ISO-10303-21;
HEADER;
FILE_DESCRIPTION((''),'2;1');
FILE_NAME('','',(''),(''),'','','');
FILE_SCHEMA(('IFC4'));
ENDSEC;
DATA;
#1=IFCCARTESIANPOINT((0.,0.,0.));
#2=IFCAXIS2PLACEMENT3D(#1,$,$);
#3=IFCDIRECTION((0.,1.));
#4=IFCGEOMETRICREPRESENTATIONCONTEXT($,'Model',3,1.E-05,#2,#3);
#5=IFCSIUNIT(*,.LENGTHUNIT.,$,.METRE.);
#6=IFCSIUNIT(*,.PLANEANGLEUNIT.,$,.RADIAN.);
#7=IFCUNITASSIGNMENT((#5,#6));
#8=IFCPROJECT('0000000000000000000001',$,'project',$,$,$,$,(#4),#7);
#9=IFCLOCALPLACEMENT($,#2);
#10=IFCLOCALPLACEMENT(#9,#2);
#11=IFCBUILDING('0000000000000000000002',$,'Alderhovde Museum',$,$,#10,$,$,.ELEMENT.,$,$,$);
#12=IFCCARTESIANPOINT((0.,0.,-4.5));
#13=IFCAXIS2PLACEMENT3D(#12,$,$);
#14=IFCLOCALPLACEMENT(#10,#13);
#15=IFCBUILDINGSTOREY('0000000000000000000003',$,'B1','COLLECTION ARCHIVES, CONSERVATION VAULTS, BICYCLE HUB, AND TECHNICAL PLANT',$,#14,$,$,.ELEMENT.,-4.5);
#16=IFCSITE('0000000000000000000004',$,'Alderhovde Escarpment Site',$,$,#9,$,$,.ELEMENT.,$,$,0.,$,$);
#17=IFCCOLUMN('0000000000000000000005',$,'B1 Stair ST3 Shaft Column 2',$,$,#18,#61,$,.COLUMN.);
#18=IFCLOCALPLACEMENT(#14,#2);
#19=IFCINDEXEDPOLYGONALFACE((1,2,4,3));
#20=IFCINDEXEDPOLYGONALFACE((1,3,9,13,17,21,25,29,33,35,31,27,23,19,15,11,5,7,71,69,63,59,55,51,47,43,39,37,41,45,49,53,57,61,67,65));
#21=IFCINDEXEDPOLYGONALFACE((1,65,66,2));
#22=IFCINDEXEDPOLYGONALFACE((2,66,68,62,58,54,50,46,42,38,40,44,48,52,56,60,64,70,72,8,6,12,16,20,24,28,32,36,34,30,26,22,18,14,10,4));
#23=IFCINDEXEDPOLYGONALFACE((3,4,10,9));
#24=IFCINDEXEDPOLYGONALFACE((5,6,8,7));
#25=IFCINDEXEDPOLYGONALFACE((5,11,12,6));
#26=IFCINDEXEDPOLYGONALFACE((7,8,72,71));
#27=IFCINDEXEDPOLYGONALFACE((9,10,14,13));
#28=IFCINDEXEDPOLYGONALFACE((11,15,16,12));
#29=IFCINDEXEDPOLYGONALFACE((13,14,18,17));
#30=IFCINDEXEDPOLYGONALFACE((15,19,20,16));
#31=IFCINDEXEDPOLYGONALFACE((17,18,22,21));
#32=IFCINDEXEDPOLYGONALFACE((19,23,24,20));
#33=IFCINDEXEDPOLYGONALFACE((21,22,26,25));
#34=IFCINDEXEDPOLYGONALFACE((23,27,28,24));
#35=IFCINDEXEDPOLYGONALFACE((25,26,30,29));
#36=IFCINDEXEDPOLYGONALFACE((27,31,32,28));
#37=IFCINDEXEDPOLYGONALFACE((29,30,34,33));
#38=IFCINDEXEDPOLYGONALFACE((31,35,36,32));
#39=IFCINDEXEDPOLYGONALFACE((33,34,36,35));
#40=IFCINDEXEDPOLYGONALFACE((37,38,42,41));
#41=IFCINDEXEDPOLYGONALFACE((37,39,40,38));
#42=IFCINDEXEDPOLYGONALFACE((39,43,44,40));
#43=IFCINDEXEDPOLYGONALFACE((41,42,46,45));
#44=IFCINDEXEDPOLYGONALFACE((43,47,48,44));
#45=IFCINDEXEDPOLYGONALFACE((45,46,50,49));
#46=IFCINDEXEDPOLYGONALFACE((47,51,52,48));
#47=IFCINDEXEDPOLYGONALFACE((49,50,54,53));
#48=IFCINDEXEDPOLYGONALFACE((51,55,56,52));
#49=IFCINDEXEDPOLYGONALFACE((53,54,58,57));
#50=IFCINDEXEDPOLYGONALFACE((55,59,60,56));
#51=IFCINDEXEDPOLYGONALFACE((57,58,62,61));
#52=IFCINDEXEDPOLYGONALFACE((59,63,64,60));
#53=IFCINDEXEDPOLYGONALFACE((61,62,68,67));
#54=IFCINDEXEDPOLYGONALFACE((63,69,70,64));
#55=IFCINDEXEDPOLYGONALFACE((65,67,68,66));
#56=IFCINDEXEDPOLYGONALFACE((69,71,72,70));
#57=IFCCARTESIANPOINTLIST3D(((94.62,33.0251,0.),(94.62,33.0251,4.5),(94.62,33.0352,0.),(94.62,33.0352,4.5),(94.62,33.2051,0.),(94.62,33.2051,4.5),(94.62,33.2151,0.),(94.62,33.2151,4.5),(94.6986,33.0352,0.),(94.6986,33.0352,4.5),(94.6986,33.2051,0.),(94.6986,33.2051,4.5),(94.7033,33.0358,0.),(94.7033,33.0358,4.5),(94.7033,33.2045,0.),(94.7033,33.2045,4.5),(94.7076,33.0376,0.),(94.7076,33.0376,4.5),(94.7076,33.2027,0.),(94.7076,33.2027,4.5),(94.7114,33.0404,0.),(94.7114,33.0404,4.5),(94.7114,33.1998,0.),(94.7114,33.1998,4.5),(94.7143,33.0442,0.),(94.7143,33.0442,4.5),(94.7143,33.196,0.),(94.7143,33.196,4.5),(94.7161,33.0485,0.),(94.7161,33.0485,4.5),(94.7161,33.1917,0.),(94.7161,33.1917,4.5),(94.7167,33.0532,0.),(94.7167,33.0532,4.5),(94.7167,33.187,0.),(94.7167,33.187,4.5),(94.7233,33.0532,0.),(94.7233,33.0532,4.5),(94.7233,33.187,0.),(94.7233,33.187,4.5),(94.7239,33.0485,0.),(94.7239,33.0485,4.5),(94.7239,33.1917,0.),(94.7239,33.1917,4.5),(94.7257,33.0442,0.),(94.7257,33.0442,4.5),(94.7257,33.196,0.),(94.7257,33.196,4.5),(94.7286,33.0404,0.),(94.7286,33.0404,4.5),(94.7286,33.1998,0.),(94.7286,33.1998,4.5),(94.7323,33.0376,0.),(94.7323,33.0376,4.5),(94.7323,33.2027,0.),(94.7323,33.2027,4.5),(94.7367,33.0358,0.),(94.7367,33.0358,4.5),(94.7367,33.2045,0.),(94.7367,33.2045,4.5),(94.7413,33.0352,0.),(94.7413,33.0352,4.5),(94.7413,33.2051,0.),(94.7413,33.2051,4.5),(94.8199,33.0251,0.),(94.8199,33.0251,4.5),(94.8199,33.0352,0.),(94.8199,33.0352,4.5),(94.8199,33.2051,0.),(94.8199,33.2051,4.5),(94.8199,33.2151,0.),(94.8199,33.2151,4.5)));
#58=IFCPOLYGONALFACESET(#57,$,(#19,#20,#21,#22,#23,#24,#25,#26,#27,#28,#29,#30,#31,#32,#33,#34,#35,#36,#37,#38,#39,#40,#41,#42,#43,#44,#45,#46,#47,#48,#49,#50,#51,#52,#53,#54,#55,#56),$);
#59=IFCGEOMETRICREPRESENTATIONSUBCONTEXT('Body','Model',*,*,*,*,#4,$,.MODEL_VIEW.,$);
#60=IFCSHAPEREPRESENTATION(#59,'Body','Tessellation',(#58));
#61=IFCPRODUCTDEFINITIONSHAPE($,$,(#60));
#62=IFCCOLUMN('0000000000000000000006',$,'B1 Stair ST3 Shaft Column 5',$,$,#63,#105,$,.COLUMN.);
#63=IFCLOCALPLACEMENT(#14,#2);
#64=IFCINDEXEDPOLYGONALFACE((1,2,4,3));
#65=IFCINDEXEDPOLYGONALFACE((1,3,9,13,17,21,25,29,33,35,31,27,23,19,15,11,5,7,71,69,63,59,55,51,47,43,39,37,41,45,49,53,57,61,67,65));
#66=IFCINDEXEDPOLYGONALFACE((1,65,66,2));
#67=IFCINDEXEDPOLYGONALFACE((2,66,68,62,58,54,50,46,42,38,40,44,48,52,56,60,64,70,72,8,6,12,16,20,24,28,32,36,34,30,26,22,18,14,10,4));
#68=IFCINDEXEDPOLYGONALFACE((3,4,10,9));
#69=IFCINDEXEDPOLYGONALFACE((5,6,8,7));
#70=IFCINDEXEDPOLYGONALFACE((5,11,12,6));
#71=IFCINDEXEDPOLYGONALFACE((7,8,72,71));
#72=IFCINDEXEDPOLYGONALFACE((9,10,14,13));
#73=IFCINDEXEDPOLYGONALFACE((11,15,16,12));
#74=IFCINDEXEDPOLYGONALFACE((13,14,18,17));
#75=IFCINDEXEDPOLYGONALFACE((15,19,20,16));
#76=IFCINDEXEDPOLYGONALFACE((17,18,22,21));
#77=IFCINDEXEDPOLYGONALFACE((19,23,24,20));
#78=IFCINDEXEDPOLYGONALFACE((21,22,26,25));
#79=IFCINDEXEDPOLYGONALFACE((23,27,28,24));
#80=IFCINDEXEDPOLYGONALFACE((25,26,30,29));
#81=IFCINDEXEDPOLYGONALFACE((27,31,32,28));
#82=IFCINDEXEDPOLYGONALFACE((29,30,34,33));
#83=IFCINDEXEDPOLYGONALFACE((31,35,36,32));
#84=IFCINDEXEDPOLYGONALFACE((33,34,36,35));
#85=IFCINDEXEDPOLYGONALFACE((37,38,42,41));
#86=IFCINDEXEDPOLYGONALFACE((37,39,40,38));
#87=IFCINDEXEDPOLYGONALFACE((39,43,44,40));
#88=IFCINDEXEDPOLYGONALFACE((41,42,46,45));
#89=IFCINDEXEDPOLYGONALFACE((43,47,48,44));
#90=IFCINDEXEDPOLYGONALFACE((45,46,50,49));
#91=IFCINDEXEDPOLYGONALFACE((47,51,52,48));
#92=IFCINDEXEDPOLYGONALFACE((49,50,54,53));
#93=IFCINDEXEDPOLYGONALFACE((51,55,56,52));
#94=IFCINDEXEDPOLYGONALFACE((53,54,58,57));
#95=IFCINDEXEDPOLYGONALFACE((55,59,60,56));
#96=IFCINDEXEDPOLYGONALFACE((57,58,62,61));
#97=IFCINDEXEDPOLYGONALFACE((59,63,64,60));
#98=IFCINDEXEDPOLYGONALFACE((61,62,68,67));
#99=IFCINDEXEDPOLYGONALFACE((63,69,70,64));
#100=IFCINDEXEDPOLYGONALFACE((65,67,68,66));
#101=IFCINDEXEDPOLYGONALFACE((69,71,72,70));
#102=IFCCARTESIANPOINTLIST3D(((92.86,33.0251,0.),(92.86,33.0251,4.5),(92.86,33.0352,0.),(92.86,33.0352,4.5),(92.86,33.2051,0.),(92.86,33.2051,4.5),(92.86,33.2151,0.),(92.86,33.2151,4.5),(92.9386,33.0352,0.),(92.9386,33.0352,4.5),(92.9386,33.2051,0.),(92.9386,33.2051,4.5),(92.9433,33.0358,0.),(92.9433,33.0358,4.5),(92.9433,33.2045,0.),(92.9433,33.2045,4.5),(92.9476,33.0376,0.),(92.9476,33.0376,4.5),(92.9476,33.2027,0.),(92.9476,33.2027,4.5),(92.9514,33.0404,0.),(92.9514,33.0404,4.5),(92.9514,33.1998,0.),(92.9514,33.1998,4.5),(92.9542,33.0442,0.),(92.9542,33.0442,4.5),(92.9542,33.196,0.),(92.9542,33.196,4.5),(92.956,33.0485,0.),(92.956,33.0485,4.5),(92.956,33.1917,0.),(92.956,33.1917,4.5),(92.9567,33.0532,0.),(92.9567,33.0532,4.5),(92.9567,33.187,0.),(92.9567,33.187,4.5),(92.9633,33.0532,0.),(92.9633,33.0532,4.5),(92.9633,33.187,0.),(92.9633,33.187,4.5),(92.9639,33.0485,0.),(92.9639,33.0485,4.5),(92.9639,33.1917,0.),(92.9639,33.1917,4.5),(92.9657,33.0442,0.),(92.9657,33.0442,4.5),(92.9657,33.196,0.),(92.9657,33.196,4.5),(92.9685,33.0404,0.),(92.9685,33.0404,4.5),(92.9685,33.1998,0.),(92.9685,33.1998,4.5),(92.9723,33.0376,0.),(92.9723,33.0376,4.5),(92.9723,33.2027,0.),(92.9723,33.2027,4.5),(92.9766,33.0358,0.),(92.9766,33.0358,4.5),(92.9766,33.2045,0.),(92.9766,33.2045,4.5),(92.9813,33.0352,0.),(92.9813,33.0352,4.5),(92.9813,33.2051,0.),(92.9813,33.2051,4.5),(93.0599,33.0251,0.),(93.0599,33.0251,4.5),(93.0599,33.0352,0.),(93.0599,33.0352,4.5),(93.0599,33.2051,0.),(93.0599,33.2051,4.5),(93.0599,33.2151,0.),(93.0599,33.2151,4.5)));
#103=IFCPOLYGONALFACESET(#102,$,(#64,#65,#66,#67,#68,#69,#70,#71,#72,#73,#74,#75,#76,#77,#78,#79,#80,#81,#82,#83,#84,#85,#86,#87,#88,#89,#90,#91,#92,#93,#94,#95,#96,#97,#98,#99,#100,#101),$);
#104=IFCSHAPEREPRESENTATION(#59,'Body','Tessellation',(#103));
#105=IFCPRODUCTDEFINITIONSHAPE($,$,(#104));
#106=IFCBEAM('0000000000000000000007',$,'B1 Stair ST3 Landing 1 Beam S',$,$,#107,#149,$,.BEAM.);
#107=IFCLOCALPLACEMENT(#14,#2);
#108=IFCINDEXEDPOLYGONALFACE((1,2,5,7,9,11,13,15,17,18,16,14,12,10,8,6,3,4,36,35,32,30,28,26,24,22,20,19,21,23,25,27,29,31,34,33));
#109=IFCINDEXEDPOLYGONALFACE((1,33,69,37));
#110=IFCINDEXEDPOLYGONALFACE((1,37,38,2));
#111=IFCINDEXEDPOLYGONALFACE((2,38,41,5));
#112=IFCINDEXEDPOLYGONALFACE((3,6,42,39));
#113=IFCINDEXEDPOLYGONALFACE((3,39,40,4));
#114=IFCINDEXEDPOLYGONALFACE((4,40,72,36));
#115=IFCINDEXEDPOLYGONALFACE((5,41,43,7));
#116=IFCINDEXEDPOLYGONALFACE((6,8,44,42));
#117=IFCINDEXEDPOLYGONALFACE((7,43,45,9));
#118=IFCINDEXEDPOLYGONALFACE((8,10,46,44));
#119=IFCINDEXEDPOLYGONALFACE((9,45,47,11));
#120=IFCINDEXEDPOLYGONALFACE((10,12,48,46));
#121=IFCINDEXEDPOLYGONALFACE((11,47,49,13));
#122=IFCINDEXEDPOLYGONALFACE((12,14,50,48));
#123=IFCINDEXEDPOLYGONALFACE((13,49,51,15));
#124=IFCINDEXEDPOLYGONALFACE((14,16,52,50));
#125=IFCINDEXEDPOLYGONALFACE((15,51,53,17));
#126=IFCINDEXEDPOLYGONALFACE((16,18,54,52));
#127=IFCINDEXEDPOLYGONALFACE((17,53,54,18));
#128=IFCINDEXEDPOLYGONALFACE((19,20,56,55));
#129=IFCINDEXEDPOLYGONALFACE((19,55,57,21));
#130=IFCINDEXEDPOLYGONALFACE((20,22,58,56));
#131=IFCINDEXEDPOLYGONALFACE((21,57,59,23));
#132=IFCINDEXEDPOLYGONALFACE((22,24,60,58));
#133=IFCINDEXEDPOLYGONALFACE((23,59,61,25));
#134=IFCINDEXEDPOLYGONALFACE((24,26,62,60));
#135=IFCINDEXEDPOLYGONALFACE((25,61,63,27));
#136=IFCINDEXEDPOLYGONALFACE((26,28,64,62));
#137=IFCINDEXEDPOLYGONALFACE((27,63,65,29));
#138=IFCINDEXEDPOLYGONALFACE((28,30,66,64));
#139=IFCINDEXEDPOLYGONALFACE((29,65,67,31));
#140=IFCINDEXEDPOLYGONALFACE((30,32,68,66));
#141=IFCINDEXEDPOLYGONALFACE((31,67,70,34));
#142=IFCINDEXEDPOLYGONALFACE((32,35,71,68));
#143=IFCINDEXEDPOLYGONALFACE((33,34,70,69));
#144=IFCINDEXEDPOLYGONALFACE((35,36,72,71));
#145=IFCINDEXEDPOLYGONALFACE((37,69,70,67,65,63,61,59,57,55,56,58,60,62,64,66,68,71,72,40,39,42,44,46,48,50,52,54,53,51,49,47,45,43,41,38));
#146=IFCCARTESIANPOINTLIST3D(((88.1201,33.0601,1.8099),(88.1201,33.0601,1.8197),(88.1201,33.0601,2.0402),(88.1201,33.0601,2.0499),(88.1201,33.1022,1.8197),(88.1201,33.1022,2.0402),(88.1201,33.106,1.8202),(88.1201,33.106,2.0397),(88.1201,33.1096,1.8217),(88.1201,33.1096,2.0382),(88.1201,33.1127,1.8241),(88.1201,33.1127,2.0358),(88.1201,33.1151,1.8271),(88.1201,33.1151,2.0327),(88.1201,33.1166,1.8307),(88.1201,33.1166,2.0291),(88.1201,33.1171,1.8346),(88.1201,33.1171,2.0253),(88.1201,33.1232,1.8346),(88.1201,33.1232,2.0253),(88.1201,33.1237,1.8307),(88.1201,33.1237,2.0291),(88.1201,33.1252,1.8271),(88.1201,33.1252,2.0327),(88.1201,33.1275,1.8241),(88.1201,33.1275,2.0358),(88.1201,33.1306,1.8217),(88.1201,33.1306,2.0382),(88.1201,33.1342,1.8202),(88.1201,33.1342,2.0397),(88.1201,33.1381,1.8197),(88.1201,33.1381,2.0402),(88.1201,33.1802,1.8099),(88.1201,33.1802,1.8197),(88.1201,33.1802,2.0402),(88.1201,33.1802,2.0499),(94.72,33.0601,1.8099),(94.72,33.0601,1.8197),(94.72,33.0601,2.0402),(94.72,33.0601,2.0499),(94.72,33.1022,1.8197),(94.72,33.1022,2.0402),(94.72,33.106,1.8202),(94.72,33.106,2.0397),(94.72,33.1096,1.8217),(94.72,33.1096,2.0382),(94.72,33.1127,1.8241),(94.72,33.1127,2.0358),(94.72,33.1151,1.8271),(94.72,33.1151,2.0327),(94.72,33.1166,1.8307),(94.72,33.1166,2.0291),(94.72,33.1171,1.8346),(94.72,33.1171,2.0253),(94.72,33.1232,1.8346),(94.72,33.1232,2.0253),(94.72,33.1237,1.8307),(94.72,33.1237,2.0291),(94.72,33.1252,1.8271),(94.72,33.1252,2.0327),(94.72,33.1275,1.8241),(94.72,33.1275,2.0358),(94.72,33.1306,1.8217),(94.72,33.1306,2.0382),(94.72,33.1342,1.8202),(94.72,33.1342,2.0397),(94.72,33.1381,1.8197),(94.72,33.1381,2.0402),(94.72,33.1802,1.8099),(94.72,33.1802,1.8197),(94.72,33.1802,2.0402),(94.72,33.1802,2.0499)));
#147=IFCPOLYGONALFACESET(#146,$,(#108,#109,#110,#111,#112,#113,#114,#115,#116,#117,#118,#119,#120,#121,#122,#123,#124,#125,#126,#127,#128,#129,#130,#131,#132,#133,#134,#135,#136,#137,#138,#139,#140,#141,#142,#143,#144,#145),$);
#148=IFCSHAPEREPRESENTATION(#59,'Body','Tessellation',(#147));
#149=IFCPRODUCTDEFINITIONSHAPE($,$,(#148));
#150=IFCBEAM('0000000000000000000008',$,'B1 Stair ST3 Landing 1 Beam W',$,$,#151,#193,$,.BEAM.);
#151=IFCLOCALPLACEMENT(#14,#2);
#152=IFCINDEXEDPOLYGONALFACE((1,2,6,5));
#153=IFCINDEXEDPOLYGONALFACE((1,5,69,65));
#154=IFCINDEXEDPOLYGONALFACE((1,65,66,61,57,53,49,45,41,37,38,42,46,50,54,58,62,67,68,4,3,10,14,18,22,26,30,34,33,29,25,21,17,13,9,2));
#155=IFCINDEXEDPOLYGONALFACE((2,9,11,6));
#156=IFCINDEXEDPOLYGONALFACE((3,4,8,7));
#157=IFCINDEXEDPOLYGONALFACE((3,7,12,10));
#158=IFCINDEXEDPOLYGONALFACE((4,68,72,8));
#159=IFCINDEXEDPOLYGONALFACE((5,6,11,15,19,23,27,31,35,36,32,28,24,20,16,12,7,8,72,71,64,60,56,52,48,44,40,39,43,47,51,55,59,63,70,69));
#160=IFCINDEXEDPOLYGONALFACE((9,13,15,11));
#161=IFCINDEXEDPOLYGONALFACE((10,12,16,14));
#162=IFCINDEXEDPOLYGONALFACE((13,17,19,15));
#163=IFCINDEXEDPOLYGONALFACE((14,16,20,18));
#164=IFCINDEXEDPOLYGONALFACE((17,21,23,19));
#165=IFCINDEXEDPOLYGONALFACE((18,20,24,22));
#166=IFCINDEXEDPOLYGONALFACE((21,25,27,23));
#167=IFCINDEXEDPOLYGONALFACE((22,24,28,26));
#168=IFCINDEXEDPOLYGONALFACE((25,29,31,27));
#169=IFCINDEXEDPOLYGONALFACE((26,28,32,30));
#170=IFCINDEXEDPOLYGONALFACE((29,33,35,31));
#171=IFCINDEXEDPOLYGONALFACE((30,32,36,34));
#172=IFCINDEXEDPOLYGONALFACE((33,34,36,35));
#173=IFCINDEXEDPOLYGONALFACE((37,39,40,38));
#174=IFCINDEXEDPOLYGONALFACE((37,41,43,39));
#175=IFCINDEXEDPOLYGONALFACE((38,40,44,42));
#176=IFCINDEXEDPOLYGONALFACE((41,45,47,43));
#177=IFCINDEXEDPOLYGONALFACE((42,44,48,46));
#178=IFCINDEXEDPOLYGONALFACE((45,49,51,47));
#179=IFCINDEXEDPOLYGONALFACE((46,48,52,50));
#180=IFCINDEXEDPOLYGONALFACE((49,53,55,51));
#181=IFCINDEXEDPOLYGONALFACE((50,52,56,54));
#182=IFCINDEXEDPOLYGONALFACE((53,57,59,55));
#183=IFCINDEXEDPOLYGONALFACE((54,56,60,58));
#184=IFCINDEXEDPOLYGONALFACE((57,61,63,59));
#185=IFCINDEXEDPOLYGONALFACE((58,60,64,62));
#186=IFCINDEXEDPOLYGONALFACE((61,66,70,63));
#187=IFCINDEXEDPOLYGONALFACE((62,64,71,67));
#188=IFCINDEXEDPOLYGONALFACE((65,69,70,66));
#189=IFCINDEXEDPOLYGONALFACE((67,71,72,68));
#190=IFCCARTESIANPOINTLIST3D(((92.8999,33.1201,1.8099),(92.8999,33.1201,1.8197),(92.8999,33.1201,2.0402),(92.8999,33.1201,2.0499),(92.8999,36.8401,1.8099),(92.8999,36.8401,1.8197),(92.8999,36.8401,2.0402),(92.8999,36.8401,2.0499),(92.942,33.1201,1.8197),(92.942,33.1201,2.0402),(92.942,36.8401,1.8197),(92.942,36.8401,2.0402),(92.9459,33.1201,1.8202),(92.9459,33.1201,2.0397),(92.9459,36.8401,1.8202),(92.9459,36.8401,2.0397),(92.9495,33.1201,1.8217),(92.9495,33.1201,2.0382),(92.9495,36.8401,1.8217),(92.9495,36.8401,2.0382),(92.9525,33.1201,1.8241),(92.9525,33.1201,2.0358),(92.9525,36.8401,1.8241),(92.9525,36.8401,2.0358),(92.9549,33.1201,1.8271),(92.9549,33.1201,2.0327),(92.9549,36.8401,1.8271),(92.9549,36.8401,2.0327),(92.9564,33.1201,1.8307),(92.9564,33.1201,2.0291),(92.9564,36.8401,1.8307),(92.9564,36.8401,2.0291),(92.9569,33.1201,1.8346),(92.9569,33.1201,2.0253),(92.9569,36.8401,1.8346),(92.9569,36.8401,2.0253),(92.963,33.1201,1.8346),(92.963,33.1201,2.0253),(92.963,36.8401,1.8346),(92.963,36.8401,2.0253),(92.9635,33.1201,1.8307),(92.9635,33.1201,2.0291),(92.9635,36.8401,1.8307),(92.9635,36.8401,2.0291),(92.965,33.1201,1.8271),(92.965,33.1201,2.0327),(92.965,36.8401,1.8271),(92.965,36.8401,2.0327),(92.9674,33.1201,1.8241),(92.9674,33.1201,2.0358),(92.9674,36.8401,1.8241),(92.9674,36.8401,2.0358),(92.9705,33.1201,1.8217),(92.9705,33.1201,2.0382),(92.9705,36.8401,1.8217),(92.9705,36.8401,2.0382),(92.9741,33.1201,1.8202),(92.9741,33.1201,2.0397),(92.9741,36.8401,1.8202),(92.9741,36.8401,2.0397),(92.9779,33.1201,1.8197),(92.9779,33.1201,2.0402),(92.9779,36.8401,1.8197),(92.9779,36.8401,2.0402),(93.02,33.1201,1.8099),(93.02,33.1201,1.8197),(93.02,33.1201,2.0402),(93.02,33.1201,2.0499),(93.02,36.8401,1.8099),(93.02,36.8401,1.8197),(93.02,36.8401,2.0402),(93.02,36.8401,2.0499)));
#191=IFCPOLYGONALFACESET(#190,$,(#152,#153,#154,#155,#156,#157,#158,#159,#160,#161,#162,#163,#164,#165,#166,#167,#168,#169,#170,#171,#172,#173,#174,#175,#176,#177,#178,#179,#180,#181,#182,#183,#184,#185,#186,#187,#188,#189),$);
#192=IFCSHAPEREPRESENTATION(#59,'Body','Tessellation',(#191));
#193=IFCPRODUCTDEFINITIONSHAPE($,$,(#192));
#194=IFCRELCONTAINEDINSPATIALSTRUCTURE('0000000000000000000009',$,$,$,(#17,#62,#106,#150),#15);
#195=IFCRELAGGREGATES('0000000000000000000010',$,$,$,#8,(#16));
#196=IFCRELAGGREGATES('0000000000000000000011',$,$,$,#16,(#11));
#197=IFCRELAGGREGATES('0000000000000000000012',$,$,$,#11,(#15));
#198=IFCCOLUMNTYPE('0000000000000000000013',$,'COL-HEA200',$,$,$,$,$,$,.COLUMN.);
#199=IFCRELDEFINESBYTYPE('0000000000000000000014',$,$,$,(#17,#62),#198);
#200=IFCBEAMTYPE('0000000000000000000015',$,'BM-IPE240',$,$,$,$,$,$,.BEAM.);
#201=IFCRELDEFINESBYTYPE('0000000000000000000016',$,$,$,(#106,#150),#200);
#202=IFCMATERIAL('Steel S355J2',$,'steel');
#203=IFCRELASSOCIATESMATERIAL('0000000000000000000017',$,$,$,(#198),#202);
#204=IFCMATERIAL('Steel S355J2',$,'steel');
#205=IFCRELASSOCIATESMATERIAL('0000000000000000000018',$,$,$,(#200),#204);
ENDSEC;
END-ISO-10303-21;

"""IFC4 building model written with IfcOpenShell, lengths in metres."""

from ifc_helpers import new_model, si_unit, direction, frame, origin, origin_2d, place, context, subcontext, project, spatial, i_section, extrude, material, material_profile, profile_set, type_object, element, save


model = new_model("IFC4")

# Units and contexts
model_context = context("Model", 3, precision=1e-05, world=origin(), true_north=direction((0.0, 1.0)))
body_context = subcontext(model_context, "Body", "Model", "MODEL_VIEW")
ifc_project = project(units=[si_unit("LENGTHUNIT", "METRE"), si_unit("PLANEANGLEUNIT", "RADIAN")], contexts=[model_context])

# Site, building, storey
site_placement = place(None, origin())
site = spatial("IfcSite", under=ifc_project, at=site_placement, Name="Alderhovde Escarpment Site", CompositionType="ELEMENT", RefElevation=0.0)
building_placement = place(site_placement, origin())
building = spatial("IfcBuilding", under=site, at=building_placement, Name="Alderhovde Museum", CompositionType="ELEMENT")
storey_placement = place(building_placement, frame((0.0, 0.0, -4.5)))
storey = spatial("IfcBuildingStorey", under=building, at=storey_placement, Name="B1", Description="COLLECTION ARCHIVES, CONSERVATION VAULTS, BICYCLE HUB, AND TECHNICAL PLANT", CompositionType="ELEMENT", Elevation=-4.5)

# Columns
ifc_material_1 = material(Name="Steel S355J2", Category="steel")
ifc_material_profile_1 = material_profile(ifc_material_1, i_section(OverallWidth=0.2, OverallDepth=0.1899, WebThickness=0.0066, FlangeThickness=0.01, FilletRadius=0.0181, at=origin_2d()), Name="HEA 200")
ifc_profile_set_1 = profile_set([ifc_material_profile_1], Name="Steel S355J2")
column_type = type_object("IfcColumnType", Name="COL-HEA200", PredefinedType="COLUMN", material=ifc_profile_set_1)
for number, where, z_axis, x_axis, name in (
    (1, (94.72, 33.1201, 0.0), (0.0, 0.0, 1.0), (1.0, 0.0, 0.0), "B1 Stair ST3 Shaft Column 2"),
    (2, (92.96, 33.1201, 0.0), (0.0, 0.0, 1.0), (1.0, 0.0, 0.0), "B1 Stair ST3 Shaft Column 5"),
):
    element("IfcColumn", number, at=place(storey_placement, frame(where, z_axis=z_axis, x_axis=x_axis)), inside=storey, type_object=column_type, Name=name, PredefinedType="COLUMN", context=body_context, shape_type="SweptSolid", body=[
        extrude(i_section(OverallWidth=0.2, OverallDepth=0.1899, WebThickness=0.0066, FlangeThickness=0.01, FilletRadius=0.0181, at=origin_2d()), origin(), (0.0, 0.0, 1.0), 4.5),
    ])

# Beams
ifc_material_2 = material(Name="Steel S355J2", Category="steel")
ifc_material_profile_2 = material_profile(ifc_material_2, i_section(OverallWidth=0.1201, OverallDepth=0.24, WebThickness=0.0061, FlangeThickness=0.0098, FilletRadius=0.0149, at=origin_2d()), Name="IPE 240")
ifc_profile_set_2 = profile_set([ifc_material_profile_2], Name="Steel S355J2")
beam_type = type_object("IfcBeamType", Name="BM-IPE240", PredefinedType="BEAM", material=ifc_profile_set_2)
beam_placement = place(storey_placement, frame((88.1201, 33.1201, 1.9299), z_axis=(1.0, 0.0, 0.0), x_axis=(0.0, 1.0, 0.0)))
element("IfcBeam", 3, at=beam_placement, inside=storey, type_object=beam_type, Name="B1 Stair ST3 Landing 1 Beam S", PredefinedType="BEAM", context=body_context, shape_type="SweptSolid", body=[
    extrude(i_section(OverallWidth=0.1201, OverallDepth=0.24, WebThickness=0.0061, FlangeThickness=0.0098, FilletRadius=0.0149, at=origin_2d()), origin(), (0.0, 0.0, 1.0), 6.5999),
])
for number, where, z_axis, x_axis, name in (
    (4, (92.96, 33.1201, 1.9299), (0.0, 1.0, 0.0), (-1.0, 0.0, 0.0), "B1 Stair ST3 Landing 1 Beam W"),
):
    element("IfcBeam", number, at=place(storey_placement, frame(where, z_axis=z_axis, x_axis=x_axis)), inside=storey, type_object=beam_type, Name=name, PredefinedType="BEAM", context=body_context, shape_type="SweptSolid", body=[
        extrude(i_section(OverallWidth=0.1201, OverallDepth=0.24, WebThickness=0.0061, FlangeThickness=0.0098, FilletRadius=0.0149, at=origin_2d()), origin(), (0.0, 0.0, 1.0), 3.72),
    ])

save(model, "model.ifc")
